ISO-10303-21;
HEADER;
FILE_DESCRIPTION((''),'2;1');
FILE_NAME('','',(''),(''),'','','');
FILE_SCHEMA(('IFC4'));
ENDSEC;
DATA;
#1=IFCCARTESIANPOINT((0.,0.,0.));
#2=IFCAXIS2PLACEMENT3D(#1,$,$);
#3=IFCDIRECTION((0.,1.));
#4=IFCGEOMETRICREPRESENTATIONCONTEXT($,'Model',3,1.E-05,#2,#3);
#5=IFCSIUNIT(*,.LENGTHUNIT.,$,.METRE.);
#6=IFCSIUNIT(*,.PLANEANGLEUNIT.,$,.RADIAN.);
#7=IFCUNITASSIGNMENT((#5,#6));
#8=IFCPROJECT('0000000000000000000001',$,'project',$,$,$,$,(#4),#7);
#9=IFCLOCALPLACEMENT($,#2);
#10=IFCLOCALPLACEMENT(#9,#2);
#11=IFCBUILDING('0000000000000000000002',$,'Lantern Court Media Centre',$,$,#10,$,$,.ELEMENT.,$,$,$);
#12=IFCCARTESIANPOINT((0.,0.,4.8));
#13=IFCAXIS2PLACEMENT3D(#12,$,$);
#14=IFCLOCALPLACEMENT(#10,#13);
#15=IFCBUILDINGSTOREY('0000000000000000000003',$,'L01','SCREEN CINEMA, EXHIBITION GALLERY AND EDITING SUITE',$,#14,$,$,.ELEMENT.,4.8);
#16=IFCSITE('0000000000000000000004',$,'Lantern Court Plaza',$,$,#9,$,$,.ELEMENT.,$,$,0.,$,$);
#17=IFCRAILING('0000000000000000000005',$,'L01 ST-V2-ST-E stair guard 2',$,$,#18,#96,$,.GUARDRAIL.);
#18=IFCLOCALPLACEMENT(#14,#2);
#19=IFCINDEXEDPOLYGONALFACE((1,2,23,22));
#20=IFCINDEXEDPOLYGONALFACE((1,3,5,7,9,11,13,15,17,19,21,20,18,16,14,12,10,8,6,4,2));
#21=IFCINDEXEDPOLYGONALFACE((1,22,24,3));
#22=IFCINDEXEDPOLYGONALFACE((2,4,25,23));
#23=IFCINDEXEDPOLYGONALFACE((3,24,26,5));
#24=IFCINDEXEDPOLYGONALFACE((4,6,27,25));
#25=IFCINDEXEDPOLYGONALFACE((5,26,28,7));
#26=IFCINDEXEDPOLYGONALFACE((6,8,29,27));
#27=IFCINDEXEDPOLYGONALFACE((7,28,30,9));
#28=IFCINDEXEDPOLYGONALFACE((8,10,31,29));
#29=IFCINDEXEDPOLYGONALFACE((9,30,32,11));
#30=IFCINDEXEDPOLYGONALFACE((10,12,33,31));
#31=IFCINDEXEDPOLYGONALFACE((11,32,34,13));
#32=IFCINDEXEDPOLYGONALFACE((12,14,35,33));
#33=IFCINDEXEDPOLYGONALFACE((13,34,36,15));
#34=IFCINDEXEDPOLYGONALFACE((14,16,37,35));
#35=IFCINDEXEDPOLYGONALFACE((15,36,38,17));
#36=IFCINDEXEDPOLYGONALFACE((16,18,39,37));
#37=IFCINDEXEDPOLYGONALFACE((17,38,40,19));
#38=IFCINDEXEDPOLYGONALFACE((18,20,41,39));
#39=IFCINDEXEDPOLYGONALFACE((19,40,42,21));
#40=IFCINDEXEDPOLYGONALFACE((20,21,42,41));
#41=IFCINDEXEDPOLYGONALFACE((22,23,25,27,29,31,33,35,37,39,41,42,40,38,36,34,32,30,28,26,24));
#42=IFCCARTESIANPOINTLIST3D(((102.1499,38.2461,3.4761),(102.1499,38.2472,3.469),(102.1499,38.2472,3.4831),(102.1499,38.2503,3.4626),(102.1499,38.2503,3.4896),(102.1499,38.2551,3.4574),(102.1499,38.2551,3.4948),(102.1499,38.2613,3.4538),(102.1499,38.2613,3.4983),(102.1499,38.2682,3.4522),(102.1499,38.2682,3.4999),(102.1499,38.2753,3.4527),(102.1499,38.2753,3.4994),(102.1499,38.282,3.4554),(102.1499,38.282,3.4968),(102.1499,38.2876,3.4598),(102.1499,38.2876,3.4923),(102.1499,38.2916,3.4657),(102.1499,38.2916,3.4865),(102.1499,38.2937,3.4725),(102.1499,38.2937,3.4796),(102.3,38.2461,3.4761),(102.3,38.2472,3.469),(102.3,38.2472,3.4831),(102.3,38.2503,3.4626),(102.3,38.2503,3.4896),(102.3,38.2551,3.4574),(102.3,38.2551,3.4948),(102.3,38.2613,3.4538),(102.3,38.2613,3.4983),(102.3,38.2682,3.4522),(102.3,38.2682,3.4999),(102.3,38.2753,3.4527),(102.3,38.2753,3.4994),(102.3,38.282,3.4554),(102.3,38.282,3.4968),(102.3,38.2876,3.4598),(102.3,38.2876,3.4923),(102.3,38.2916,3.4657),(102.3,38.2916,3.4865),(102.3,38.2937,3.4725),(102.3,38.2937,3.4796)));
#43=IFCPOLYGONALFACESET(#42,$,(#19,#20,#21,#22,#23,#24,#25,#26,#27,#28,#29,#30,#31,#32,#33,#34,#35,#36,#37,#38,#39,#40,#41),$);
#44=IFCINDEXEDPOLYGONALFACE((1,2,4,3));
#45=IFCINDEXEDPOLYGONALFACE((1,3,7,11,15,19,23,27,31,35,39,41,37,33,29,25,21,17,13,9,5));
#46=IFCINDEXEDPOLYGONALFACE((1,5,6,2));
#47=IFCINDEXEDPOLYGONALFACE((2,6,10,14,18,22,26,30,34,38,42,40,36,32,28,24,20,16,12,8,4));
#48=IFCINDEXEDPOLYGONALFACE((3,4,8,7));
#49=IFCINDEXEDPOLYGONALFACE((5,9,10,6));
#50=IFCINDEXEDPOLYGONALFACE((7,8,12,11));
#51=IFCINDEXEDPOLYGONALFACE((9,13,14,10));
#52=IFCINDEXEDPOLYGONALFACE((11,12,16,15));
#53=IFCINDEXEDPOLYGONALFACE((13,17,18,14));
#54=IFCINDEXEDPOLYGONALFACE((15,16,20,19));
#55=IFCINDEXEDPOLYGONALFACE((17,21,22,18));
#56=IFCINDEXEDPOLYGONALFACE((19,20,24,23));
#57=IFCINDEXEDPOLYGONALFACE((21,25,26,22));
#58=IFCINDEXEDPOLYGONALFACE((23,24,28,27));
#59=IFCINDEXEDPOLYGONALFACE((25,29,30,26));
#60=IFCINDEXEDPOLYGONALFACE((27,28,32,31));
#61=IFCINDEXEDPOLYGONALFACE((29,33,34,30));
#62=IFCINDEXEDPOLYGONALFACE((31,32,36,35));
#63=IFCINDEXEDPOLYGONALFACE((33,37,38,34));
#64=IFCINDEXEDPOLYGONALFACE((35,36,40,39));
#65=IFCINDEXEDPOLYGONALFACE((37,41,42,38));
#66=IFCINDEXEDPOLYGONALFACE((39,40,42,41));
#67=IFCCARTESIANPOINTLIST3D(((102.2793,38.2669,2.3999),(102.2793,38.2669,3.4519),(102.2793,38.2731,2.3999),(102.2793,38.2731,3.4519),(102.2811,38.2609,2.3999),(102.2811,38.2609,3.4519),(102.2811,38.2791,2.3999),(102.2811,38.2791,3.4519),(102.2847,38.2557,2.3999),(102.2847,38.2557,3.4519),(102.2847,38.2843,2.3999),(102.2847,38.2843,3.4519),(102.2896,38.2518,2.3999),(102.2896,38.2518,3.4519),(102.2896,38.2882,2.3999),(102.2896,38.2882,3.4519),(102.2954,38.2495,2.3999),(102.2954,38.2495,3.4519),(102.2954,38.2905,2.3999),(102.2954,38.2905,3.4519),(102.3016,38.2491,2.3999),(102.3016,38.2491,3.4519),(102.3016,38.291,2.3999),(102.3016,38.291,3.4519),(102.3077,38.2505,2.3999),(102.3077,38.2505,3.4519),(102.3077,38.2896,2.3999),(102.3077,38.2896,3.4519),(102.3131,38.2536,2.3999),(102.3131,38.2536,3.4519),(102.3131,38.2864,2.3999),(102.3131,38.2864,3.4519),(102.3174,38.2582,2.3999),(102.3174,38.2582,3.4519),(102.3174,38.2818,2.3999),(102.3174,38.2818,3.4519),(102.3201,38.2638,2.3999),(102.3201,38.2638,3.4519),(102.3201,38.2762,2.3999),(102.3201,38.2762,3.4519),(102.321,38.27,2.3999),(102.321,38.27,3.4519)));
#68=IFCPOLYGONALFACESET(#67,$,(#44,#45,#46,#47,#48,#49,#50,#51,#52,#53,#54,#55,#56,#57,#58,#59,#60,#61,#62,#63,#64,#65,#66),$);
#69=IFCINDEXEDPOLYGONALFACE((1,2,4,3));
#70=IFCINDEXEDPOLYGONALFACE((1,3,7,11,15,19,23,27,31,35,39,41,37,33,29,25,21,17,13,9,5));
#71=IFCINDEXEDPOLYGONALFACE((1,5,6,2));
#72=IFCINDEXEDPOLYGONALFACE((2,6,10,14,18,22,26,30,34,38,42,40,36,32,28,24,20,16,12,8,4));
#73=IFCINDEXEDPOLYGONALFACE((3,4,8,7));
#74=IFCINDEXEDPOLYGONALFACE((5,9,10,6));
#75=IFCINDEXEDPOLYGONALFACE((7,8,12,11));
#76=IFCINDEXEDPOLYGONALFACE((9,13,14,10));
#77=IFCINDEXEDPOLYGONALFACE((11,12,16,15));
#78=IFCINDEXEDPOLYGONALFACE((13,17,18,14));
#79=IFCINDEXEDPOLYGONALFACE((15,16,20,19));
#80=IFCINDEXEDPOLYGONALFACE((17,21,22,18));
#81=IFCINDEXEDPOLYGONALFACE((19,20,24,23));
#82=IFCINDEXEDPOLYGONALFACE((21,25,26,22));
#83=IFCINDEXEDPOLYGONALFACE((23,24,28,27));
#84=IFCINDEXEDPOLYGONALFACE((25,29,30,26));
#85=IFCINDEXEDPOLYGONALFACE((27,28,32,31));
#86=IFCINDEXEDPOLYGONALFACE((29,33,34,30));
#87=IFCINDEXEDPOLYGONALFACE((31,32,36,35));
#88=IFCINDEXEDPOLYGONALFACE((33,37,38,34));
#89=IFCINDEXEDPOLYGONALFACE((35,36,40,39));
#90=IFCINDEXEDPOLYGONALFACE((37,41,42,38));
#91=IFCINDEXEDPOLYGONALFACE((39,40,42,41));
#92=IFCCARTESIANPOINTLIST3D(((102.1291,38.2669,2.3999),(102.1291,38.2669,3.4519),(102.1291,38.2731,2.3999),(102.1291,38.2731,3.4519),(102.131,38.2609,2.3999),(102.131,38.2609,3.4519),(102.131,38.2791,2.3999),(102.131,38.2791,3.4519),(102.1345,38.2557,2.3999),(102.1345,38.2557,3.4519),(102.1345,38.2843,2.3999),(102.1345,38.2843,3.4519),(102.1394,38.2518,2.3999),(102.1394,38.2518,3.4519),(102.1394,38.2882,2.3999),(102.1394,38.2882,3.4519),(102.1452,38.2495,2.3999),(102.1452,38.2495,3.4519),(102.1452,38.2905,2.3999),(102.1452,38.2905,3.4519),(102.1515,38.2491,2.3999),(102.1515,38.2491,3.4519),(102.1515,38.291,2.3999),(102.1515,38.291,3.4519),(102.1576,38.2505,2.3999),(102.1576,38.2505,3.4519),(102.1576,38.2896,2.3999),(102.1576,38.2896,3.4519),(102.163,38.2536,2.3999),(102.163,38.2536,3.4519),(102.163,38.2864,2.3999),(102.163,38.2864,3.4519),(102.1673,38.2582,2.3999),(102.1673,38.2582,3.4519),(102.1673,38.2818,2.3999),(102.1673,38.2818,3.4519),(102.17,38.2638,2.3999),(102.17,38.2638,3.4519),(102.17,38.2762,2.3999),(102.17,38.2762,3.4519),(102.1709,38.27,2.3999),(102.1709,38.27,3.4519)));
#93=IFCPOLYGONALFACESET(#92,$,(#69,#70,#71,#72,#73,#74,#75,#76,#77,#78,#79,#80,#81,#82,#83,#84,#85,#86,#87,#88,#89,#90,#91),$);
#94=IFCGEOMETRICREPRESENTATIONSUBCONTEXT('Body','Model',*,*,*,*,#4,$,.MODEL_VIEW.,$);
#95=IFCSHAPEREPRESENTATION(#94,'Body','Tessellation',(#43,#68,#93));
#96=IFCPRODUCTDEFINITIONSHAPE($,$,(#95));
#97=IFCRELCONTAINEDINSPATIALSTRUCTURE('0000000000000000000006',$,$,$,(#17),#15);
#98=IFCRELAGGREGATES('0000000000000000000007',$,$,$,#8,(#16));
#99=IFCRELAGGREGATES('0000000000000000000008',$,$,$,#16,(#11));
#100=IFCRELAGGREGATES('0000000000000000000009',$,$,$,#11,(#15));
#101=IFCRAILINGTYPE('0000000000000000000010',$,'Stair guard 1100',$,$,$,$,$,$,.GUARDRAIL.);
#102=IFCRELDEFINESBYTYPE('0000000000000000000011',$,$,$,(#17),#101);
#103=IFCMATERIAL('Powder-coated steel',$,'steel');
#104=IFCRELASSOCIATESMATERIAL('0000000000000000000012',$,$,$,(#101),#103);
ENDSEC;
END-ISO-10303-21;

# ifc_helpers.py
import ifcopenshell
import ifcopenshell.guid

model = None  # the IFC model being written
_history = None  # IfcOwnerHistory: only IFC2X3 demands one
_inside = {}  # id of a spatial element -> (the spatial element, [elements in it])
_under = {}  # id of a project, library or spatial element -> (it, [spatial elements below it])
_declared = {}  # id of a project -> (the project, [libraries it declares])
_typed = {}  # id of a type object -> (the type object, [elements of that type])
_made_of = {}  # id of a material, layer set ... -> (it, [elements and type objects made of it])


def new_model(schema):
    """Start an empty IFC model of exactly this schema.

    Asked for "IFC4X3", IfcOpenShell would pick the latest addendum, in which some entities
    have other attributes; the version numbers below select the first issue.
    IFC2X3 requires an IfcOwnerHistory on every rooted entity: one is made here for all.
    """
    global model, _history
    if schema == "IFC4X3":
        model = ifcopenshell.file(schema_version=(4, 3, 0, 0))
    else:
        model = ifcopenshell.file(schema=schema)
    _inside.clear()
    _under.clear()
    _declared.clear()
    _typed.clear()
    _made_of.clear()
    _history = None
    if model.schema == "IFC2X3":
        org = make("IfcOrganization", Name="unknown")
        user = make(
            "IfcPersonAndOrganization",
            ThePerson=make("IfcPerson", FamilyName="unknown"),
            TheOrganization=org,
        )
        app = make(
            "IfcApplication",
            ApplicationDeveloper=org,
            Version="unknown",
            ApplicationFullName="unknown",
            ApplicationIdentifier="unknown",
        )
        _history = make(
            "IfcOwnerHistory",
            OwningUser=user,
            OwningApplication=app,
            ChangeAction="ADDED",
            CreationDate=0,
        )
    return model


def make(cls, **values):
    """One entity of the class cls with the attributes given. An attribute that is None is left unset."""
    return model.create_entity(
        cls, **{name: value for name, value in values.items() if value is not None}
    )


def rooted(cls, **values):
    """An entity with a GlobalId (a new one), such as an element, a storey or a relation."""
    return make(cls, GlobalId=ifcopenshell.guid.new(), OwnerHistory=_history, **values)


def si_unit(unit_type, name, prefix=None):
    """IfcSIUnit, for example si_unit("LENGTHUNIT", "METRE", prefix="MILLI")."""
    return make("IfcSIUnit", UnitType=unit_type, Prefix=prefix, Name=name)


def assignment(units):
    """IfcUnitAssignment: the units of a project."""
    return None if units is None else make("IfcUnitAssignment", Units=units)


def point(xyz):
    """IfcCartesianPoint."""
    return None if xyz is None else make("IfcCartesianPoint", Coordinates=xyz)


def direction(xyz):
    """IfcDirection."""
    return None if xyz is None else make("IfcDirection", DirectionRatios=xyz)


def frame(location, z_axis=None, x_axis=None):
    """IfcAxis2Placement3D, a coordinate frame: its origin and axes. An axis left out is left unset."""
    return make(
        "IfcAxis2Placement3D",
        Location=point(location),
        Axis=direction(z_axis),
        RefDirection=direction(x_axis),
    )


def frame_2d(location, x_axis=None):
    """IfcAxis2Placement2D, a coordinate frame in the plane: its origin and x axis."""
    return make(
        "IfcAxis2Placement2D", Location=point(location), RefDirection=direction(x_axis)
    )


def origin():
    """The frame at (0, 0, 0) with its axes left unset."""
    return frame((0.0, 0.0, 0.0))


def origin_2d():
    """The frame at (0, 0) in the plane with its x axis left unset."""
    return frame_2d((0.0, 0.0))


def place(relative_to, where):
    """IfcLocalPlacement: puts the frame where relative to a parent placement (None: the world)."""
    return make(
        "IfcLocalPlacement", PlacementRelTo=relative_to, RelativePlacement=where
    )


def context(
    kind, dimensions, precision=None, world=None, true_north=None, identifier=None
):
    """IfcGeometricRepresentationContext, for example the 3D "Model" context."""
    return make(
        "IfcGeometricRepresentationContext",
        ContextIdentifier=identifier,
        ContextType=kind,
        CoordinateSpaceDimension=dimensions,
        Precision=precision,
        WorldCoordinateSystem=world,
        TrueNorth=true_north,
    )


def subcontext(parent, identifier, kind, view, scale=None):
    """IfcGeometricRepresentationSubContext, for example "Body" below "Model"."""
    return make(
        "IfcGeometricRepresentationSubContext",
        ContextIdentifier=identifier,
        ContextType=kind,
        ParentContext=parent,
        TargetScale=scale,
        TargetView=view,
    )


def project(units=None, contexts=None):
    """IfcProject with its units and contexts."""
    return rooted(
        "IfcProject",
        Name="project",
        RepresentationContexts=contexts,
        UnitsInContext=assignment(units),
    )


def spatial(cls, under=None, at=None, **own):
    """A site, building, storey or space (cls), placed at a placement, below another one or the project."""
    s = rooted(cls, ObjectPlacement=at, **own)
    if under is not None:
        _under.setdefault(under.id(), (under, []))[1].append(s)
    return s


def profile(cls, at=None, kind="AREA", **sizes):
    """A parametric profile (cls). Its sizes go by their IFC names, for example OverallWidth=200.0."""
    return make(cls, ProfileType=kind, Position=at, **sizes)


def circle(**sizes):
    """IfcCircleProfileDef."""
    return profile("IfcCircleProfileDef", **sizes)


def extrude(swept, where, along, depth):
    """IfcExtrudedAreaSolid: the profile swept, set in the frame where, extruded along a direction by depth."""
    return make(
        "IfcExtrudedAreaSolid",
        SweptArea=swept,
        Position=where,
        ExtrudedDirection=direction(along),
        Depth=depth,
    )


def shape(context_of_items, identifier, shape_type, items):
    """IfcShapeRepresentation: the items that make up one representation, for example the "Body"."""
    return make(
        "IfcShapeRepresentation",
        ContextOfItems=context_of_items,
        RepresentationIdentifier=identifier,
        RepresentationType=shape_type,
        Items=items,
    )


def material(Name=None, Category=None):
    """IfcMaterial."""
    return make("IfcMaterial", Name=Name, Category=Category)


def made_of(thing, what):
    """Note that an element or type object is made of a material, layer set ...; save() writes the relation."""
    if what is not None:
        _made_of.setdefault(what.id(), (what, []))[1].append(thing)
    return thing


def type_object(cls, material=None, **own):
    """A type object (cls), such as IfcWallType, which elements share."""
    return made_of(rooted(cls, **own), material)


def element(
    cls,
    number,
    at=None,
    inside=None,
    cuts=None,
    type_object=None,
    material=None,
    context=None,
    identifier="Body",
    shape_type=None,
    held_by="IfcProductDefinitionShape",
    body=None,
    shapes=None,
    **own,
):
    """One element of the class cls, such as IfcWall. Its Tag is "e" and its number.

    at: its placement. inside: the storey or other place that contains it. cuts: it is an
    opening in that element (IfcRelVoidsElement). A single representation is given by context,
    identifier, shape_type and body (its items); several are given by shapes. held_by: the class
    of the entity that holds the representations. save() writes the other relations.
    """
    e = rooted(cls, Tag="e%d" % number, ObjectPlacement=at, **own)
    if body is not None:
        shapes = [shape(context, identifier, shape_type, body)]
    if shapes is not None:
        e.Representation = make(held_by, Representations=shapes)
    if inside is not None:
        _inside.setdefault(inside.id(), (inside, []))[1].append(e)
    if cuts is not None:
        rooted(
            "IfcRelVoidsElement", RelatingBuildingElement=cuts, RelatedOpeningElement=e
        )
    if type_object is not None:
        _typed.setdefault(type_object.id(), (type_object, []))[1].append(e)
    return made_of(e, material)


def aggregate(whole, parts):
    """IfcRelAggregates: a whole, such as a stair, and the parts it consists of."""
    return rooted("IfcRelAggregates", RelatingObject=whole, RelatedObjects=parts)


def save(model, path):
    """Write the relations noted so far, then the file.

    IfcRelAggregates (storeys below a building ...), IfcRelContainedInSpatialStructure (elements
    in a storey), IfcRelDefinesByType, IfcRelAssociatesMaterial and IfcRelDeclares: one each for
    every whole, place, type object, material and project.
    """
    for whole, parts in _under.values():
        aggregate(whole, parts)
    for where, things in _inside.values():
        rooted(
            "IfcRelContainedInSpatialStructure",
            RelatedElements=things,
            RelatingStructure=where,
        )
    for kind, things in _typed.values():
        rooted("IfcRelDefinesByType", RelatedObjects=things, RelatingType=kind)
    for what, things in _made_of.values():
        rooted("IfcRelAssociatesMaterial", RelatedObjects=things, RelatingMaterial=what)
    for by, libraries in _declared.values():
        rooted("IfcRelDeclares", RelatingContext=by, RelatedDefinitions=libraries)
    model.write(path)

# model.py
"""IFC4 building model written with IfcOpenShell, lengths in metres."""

from ifc_helpers import new_model, si_unit, direction, frame, origin, origin_2d, place, context, subcontext, project, spatial, circle, extrude, material, type_object, element, save


model = new_model("IFC4")

# Units and contexts
model_context = context("Model", 3, precision=1e-05, world=origin(), true_north=direction((0.0, 1.0)))
body_context = subcontext(model_context, "Body", "Model", "MODEL_VIEW")
ifc_project = project(units=[si_unit("LENGTHUNIT", "METRE"), si_unit("PLANEANGLEUNIT", "RADIAN")], contexts=[model_context])

# Site, building, storey
site_placement = place(None, origin())
site = spatial("IfcSite", under=ifc_project, at=site_placement, Name="Lantern Court Plaza", CompositionType="ELEMENT", RefElevation=0.0)
building_placement = place(site_placement, origin())
building = spatial("IfcBuilding", under=site, at=building_placement, Name="Lantern Court Media Centre", CompositionType="ELEMENT")
storey_placement = place(building_placement, frame((0.0, 0.0, 4.8)))
storey = spatial("IfcBuildingStorey", under=building, at=storey_placement, Name="L01", Description="SCREEN CINEMA, EXHIBITION GALLERY AND EDITING SUITE", CompositionType="ELEMENT", Elevation=4.8)

# Railing
ifc_material_1 = material(Name="Powder-coated steel", Category="steel")
railing_type_1 = type_object("IfcRailingType", Name="Stair guard 1100", PredefinedType="GUARDRAIL", material=ifc_material_1)
railing_1_placement = place(storey_placement, frame((102.3, 38.27, 2.3999)))
element("IfcRailing", 1, at=railing_1_placement, inside=storey, type_object=railing_type_1, Name="L01 ST-V2-ST-E stair guard 2", PredefinedType="GUARDRAIL", context=body_context, shape_type="SweptSolid", body=[
    extrude(circle(Radius=0.0239, at=origin_2d()), frame((0.0, 0.0, 1.0762), z_axis=(-1.0, 0.0, 0.0), x_axis=(0.0, -1.0, 0.0)), (0.0, 0.0, 1.0), 0.1501),
    extrude(circle(Radius=0.021, at=origin_2d()), origin(), (0.0, 0.0, 1.0), 1.052),
    extrude(circle(Radius=0.021, at=origin_2d()), frame((-0.1501, 0.0, 0.0)), (0.0, 0.0, 1.0), 1.052),
])

save(model, "model.ifc")
